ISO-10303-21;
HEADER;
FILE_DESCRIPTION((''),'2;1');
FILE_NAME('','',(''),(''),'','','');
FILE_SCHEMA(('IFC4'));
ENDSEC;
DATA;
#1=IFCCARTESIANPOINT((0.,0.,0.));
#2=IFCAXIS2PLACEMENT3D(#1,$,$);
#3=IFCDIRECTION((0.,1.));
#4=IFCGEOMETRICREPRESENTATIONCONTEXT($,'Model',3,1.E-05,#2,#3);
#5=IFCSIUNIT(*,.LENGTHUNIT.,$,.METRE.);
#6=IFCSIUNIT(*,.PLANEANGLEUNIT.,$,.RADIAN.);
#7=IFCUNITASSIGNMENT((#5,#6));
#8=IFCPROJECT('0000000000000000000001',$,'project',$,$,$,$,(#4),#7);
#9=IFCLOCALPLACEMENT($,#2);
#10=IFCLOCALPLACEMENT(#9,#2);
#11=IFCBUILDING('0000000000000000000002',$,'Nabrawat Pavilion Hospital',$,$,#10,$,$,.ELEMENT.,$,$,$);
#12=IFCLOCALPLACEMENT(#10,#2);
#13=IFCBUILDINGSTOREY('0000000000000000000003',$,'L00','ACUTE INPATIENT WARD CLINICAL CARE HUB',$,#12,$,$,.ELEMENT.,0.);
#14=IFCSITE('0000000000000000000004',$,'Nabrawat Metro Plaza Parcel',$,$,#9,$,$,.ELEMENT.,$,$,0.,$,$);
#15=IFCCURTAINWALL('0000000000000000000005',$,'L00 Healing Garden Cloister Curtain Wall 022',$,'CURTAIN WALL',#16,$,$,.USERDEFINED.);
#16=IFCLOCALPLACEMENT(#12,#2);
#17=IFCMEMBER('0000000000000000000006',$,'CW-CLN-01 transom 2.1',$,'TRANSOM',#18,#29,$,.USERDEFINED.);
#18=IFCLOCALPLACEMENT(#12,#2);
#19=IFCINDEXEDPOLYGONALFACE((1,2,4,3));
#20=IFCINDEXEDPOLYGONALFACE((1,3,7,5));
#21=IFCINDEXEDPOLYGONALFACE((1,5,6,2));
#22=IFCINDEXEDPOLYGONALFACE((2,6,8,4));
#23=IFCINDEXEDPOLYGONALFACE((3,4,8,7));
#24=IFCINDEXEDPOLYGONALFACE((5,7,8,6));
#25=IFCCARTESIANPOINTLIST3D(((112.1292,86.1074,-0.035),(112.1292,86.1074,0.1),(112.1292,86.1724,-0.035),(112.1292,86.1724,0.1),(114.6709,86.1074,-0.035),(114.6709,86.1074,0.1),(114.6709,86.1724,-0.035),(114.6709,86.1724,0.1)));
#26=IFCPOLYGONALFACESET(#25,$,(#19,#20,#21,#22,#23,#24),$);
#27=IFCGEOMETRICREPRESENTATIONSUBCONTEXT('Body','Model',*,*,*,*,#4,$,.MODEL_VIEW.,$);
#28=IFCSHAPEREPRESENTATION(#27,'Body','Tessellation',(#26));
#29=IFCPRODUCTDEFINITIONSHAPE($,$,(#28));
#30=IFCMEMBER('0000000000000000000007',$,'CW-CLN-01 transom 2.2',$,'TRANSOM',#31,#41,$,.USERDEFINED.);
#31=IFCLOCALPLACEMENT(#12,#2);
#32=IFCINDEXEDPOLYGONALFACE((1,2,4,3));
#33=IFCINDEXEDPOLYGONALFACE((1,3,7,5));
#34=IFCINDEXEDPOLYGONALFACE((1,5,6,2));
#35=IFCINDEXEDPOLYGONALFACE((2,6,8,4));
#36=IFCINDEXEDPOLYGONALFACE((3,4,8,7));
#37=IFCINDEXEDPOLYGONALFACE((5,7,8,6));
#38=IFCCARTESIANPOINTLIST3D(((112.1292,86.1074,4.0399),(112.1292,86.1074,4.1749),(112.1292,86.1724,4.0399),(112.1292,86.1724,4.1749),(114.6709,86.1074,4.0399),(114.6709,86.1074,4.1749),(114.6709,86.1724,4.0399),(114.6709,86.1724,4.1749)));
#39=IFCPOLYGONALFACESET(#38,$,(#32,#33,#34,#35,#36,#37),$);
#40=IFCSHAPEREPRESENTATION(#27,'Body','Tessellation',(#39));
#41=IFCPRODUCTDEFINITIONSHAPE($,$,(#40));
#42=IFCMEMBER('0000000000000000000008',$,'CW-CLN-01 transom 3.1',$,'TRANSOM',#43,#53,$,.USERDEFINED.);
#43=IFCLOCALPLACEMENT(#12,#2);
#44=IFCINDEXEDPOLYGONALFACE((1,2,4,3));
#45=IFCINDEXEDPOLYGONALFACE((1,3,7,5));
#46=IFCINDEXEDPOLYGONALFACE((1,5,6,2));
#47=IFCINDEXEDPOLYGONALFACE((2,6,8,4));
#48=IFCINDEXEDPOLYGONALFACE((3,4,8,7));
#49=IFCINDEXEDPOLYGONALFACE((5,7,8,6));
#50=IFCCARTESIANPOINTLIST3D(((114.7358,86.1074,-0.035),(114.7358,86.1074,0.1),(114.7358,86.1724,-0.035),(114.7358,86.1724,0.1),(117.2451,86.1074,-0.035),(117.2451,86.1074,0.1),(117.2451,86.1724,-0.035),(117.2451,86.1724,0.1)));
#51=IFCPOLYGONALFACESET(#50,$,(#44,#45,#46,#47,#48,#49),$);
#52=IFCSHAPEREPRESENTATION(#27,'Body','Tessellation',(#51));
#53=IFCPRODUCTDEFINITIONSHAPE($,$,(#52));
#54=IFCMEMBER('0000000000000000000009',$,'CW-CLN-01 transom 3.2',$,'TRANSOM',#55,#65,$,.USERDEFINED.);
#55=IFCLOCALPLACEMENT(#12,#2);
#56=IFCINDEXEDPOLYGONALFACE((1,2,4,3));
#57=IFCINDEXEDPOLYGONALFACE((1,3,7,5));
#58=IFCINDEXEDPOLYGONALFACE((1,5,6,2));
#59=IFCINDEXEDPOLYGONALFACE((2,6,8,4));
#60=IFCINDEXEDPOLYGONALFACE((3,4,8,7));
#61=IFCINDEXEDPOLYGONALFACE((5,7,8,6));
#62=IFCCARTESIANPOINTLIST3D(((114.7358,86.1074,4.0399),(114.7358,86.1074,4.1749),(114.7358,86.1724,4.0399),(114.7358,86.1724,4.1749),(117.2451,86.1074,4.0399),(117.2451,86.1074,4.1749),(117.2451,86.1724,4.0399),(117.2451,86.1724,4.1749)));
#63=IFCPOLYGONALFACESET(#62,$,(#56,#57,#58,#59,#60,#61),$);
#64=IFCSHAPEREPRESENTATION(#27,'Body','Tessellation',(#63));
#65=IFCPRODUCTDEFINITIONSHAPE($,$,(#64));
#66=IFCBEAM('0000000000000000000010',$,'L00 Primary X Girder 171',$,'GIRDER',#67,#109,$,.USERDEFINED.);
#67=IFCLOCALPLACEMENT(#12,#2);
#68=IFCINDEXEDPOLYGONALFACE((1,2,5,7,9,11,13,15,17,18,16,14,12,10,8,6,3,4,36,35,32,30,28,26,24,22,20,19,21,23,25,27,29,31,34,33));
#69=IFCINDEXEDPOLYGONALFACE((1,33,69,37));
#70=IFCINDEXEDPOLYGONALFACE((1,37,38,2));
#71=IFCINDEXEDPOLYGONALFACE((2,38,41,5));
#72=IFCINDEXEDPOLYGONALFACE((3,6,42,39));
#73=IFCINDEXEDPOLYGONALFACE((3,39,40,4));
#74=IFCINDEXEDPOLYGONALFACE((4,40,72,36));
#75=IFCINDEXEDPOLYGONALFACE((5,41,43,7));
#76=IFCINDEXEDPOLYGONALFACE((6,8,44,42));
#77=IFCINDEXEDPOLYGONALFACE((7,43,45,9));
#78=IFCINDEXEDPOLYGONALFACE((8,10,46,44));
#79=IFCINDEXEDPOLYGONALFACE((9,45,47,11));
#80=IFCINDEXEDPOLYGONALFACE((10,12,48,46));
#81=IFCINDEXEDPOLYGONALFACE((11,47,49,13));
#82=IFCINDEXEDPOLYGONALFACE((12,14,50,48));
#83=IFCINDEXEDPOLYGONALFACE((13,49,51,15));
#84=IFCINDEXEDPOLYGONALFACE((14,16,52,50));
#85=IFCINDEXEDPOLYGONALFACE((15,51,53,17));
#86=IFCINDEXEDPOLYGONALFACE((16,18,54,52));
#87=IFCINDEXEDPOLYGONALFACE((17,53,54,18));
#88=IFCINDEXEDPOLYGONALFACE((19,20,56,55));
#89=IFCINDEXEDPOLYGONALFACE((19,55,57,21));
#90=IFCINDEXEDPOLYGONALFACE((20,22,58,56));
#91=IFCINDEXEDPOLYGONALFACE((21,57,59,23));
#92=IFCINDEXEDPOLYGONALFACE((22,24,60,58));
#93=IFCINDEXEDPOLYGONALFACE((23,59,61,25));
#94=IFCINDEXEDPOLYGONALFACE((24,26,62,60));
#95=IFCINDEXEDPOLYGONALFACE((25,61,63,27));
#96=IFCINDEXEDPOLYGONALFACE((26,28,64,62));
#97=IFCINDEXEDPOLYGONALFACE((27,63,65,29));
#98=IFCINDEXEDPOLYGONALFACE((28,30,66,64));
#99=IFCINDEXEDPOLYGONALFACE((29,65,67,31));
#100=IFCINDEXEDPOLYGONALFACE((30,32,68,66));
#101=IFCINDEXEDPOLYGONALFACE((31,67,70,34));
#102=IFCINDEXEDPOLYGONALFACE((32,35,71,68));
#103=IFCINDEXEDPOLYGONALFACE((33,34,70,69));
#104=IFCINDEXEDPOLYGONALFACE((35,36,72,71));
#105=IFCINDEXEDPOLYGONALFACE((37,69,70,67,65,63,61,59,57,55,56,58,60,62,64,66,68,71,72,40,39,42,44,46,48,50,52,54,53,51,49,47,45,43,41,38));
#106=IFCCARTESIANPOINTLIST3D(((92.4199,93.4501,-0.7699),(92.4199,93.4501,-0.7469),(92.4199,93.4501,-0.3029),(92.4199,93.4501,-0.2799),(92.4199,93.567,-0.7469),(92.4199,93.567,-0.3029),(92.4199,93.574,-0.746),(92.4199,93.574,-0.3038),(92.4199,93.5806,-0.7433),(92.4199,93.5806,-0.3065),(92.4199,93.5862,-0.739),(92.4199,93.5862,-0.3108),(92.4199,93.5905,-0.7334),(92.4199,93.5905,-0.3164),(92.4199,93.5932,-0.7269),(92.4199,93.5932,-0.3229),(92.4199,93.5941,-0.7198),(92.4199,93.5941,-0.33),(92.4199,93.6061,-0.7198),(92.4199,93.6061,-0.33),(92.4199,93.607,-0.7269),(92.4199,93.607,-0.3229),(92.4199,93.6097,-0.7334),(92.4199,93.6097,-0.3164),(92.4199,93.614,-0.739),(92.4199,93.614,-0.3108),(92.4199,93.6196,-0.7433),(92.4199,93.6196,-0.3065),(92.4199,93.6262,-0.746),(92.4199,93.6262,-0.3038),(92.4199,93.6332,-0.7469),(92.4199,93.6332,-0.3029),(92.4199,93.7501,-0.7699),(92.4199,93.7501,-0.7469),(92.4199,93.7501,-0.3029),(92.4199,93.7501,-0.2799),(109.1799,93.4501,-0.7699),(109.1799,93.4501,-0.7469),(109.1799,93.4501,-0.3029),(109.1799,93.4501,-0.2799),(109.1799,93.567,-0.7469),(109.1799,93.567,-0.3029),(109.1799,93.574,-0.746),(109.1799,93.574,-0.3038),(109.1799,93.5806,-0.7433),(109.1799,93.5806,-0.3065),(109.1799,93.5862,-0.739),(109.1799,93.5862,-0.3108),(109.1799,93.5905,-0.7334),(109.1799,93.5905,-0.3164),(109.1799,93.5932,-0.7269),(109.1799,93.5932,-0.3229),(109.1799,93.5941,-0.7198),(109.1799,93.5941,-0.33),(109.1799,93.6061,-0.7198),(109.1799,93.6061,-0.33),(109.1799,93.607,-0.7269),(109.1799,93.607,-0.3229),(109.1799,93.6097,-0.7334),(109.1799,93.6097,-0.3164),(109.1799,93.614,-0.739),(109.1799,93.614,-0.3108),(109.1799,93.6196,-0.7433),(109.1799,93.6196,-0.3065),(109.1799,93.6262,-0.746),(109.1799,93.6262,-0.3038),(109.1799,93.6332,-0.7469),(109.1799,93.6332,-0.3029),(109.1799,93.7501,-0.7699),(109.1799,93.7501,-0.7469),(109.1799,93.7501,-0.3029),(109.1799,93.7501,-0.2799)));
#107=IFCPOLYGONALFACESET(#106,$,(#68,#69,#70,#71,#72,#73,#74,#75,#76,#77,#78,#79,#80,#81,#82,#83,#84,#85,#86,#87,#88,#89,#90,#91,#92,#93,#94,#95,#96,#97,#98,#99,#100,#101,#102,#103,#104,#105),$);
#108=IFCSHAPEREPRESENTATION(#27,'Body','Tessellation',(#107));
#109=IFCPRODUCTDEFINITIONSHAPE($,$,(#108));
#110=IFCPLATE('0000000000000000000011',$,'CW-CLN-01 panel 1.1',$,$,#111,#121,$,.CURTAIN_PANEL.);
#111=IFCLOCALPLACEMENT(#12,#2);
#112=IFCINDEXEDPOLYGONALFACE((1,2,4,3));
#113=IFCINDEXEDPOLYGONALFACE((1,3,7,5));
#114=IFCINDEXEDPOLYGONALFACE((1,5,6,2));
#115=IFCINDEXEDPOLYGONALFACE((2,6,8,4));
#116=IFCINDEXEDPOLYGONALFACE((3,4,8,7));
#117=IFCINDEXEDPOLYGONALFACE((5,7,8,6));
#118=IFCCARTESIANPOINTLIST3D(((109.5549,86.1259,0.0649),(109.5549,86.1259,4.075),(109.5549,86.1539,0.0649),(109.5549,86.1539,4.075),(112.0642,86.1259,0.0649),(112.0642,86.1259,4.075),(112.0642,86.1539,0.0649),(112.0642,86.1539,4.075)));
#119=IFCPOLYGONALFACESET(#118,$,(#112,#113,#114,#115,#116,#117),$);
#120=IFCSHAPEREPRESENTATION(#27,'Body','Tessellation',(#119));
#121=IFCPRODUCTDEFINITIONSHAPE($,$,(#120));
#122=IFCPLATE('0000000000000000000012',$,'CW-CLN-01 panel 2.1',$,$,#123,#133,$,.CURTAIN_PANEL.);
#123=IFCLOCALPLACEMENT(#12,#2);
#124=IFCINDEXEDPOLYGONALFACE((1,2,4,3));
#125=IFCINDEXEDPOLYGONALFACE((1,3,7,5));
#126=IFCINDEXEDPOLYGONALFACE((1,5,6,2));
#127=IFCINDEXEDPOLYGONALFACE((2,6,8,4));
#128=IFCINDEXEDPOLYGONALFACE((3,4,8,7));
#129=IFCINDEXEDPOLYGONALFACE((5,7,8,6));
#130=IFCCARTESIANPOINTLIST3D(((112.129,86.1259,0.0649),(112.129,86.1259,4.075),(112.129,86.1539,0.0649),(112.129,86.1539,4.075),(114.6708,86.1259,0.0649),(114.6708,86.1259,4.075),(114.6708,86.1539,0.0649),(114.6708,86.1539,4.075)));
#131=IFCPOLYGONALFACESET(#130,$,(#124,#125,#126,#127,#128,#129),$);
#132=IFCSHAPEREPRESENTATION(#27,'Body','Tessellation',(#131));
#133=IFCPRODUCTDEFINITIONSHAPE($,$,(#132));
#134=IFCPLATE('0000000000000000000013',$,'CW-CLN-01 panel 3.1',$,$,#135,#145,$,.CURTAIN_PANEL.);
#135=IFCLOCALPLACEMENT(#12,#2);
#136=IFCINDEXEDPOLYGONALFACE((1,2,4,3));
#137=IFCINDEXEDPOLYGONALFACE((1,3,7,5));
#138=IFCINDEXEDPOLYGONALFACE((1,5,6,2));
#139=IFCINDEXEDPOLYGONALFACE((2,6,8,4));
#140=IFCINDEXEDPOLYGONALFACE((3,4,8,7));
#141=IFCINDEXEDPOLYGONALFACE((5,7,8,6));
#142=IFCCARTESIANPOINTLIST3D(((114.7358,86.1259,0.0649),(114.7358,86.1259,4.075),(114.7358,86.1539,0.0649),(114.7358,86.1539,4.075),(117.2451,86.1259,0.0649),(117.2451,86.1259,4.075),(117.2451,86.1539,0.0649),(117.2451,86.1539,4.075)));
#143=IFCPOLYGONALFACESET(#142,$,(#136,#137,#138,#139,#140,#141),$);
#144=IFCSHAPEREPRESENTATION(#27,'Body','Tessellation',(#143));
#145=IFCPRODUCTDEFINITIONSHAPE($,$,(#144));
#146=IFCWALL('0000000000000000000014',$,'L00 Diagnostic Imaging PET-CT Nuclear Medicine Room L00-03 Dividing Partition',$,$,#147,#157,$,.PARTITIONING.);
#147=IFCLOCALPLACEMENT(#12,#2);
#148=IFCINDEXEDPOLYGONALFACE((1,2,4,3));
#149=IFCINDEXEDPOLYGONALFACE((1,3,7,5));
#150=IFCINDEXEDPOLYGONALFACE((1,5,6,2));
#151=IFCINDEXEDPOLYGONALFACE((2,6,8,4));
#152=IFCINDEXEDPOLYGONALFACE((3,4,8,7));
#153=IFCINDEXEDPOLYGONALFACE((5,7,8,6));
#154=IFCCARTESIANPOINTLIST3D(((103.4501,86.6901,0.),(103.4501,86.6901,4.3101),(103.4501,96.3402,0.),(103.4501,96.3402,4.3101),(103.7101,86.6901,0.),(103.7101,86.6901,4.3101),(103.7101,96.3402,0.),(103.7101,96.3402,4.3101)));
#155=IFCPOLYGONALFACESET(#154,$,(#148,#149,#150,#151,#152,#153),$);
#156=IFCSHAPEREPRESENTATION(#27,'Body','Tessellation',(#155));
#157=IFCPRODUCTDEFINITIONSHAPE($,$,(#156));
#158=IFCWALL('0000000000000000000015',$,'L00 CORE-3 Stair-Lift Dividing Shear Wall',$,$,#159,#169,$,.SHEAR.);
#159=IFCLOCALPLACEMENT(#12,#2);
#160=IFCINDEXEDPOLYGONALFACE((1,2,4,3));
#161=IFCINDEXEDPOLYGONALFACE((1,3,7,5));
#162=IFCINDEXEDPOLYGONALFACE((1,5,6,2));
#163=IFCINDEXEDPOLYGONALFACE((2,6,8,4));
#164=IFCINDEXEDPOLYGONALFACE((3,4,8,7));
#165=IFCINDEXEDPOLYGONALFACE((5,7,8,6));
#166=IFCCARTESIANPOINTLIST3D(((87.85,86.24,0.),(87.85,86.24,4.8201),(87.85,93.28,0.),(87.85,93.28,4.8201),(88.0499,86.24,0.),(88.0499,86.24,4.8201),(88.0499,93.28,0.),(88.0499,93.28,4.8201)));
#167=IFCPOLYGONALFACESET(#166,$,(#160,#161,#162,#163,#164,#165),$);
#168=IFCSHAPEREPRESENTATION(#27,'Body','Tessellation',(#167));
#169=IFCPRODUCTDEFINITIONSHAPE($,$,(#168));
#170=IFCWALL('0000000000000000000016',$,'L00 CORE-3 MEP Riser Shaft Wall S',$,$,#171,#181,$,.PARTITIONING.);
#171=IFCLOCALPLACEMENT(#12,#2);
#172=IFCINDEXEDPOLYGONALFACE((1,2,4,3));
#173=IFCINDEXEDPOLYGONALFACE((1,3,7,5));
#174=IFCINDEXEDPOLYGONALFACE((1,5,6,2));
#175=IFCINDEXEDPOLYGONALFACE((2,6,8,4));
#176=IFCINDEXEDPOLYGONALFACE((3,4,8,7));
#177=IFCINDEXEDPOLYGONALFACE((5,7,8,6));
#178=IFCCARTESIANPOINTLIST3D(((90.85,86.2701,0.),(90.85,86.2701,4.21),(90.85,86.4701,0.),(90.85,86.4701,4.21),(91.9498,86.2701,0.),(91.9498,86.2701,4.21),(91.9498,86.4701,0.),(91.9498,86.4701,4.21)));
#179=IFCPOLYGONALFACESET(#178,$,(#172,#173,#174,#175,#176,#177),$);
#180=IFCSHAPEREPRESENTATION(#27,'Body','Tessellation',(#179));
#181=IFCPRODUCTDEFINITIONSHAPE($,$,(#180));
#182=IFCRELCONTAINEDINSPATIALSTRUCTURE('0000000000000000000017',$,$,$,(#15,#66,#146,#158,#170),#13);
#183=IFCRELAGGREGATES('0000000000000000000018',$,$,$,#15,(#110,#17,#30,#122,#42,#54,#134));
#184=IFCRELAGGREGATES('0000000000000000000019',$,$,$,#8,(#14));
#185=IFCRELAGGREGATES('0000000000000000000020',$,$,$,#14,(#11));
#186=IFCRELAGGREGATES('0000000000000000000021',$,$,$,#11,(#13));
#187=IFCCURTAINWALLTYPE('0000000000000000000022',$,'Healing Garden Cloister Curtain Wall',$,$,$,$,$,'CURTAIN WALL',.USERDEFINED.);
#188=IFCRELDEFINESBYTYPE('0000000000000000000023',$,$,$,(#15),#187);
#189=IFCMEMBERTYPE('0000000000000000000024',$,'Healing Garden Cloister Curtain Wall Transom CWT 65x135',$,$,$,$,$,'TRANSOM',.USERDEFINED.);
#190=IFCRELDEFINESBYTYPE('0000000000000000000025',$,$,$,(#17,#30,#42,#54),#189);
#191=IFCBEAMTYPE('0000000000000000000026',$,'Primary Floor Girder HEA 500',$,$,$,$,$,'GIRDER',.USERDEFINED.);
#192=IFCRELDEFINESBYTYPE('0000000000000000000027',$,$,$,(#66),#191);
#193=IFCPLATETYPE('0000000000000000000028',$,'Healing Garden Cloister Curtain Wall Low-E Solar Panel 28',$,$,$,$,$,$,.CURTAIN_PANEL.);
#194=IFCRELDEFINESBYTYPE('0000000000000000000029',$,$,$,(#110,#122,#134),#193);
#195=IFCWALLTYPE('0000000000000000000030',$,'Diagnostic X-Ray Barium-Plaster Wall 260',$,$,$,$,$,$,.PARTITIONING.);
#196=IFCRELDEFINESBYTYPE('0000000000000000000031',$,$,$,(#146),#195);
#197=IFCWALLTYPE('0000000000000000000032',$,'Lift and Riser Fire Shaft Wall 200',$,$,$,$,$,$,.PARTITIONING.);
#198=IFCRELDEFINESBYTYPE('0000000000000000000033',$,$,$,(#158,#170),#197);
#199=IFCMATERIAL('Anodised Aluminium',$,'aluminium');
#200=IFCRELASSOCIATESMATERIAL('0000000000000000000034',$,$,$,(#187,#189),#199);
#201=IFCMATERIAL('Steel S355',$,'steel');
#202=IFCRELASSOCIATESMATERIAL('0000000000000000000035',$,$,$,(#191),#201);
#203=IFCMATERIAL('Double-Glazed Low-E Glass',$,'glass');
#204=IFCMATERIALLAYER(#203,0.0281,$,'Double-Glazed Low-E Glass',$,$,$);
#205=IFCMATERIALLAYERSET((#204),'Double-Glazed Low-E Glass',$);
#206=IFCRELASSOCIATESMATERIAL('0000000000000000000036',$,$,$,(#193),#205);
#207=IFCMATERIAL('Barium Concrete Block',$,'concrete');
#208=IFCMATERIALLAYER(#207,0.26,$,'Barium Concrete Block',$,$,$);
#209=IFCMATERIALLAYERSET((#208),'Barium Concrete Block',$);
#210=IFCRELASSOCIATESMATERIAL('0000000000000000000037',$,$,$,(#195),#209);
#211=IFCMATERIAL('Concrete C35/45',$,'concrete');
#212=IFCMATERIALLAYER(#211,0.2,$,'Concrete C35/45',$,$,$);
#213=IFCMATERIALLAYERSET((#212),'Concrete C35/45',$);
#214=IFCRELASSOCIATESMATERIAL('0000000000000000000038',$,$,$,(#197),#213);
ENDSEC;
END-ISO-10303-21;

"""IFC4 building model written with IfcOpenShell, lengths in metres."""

from ifc_helpers import new_model, si_unit, direction, frame, frame_2d, origin, origin_2d, place, context, subcontext, project, spatial, rectangle, i_section, extrude, material, layer, layer_set, material_profile, profile_set, type_object, element, aggregate, save


model = new_model("IFC4")

# Units and contexts
model_context = context("Model", 3, precision=1e-05, world=origin(), true_north=direction((0.0, 1.0)))
body_context = subcontext(model_context, "Body", "Model", "MODEL_VIEW")
ifc_project = project(units=[si_unit("LENGTHUNIT", "METRE"), si_unit("PLANEANGLEUNIT", "RADIAN")], contexts=[model_context])

# Site, building, storey
site_placement = place(None, origin())
site = spatial("IfcSite", under=ifc_project, at=site_placement, Name="Nabrawat Metro Plaza Parcel", CompositionType="ELEMENT", RefElevation=0.0)
building_placement = place(site_placement, origin())
building = spatial("IfcBuilding", under=site, at=building_placement, Name="Nabrawat Pavilion Hospital", CompositionType="ELEMENT")
storey_placement = place(building_placement, origin())
storey = spatial("IfcBuildingStorey", under=building, at=storey_placement, Name="L00", Description="ACUTE INPATIENT WARD CLINICAL CARE HUB", CompositionType="ELEMENT", Elevation=0.0)

# Shared definitions
ifc_material_1 = material(Name="Steel S355", Category="steel")

# Shared definitions
ifc_material_2 = material(Name="Anodised Aluminium", Category="aluminium")
curtain_wall_type = type_object("IfcCurtainWallType", Name="Healing Garden Cloister Curtain Wall", ElementType="CURTAIN WALL", PredefinedType="USERDEFINED", material=ifc_material_2)

# Curtain wall, members
curtain_wall_1_placement = place(storey_placement, origin())
curtain_wall_1 = element("IfcCurtainWall", 1, at=curtain_wall_1_placement, inside=storey, type_object=curtain_wall_type, Name="L00 Healing Garden Cloister Curtain Wall 022", ObjectType="CURTAIN WALL", PredefinedType="USERDEFINED")
ifc_material_profile_1 = material_profile(ifc_material_2, rectangle(XDim=0.0649, YDim=0.135, at=origin_2d()), Name="CWT 65x135")
ifc_profile_set_1 = profile_set([ifc_material_profile_1], Name="Anodised Aluminium")
member_type_1 = type_object("IfcMemberType", Name="Healing Garden Cloister Curtain Wall Transom CWT 65x135", ElementType="TRANSOM", PredefinedType="USERDEFINED", material=ifc_profile_set_1)
member_1_placement = place(storey_placement, frame((112.1292, 86.1399, 0.0325), z_axis=(1.0, 0.0, 0.0), x_axis=(0.0, 1.0, 0.0)))
member_1 = element("IfcMember", 2, at=member_1_placement, type_object=member_type_1, Name="CW-CLN-01 transom 2.1", ObjectType="TRANSOM", PredefinedType="USERDEFINED", context=body_context, shape_type="SweptSolid", body=[
    extrude(rectangle(XDim=0.0649, YDim=0.135, at=origin_2d()), origin(), (0.0, 0.0, 1.0), 2.5417),
])
member_2_placement = place(storey_placement, frame((112.1292, 86.1399, 4.1074), z_axis=(1.0, 0.0, 0.0), x_axis=(0.0, 1.0, 0.0)))
member_2 = element("IfcMember", 3, at=member_2_placement, type_object=member_type_1, Name="CW-CLN-01 transom 2.2", ObjectType="TRANSOM", PredefinedType="USERDEFINED", context=body_context, shape_type="SweptSolid", body=[
    extrude(rectangle(XDim=0.0649, YDim=0.135, at=origin_2d()), origin(), (0.0, 0.0, 1.0), 2.5417),
])
member_3_placement = place(storey_placement, frame((114.7358, 86.1399, 0.0325), z_axis=(1.0, 0.0, 0.0), x_axis=(0.0, 1.0, 0.0)))
member_3 = element("IfcMember", 4, at=member_3_placement, type_object=member_type_1, Name="CW-CLN-01 transom 3.1", ObjectType="TRANSOM", PredefinedType="USERDEFINED", context=body_context, shape_type="SweptSolid", body=[
    extrude(rectangle(XDim=0.0649, YDim=0.135, at=origin_2d()), origin(), (0.0, 0.0, 1.0), 2.5093),
])
member_4_placement = place(storey_placement, frame((114.7358, 86.1399, 4.1074), z_axis=(1.0, 0.0, 0.0), x_axis=(0.0, 1.0, 0.0)))
member_4 = element("IfcMember", 5, at=member_4_placement, type_object=member_type_1, Name="CW-CLN-01 transom 3.2", ObjectType="TRANSOM", PredefinedType="USERDEFINED", context=body_context, shape_type="SweptSolid", body=[
    extrude(rectangle(XDim=0.0649, YDim=0.135, at=origin_2d()), origin(), (0.0, 0.0, 1.0), 2.5093),
])

# Beam
ifc_material_profile_2 = material_profile(ifc_material_1, i_section(OverallWidth=0.3, OverallDepth=0.49, WebThickness=0.012, FlangeThickness=0.0229, FilletRadius=0.0271, at=origin_2d()), Name="HEA 500")
ifc_profile_set_2 = profile_set([ifc_material_profile_2], Name="Steel S355")
beam_type = type_object("IfcBeamType", Name="Primary Floor Girder HEA 500", ElementType="GIRDER", PredefinedType="USERDEFINED", material=ifc_profile_set_2)
beam_placement = place(storey_placement, frame((92.4199, 93.6001, -0.5249), z_axis=(1.0, 0.0, 0.0), x_axis=(0.0, 1.0, 0.0)))
element("IfcBeam", 6, at=beam_placement, inside=storey, type_object=beam_type, Name="L00 Primary X Girder 171", ObjectType="GIRDER", PredefinedType="USERDEFINED", context=body_context, shape_type="SweptSolid", body=[
    extrude(i_section(OverallWidth=0.3, OverallDepth=0.49, WebThickness=0.012, FlangeThickness=0.0229, FilletRadius=0.0271, at=origin_2d()), origin(), (0.0, 0.0, 1.0), 16.76),
])

# Plates
ifc_material_3 = material(Name="Double-Glazed Low-E Glass", Category="glass")
ifc_layer_1 = layer(ifc_material_3, 0.0281, Name="Double-Glazed Low-E Glass")
ifc_layer_set_1 = layer_set([ifc_layer_1], Name="Double-Glazed Low-E Glass")
plate_type = type_object("IfcPlateType", Name="Healing Garden Cloister Curtain Wall Low-E Solar Panel 28", PredefinedType="CURTAIN_PANEL", material=ifc_layer_set_1)
plate_1_placement = place(storey_placement, frame((110.8096, 86.1399, 0.0649), z_axis=(0.0, 0.0, 1.0), x_axis=(1.0, 0.0, 0.0)))
plate_1 = element("IfcPlate", 7, at=plate_1_placement, type_object=plate_type, Name="CW-CLN-01 panel 1.1", PredefinedType="CURTAIN_PANEL", context=body_context, shape_type="SweptSolid", body=[
    extrude(rectangle(XDim=2.5093, YDim=0.0281, at=origin_2d()), origin(), (0.0, 0.0, 1.0), 4.01),
])
plate_2_placement = place(storey_placement, frame((113.3999, 86.1399, 0.0649), z_axis=(0.0, 0.0, 1.0), x_axis=(1.0, 0.0, 0.0)))
plate_2 = element("IfcPlate", 8, at=plate_2_placement, type_object=plate_type, Name="CW-CLN-01 panel 2.1", PredefinedType="CURTAIN_PANEL", context=body_context, shape_type="SweptSolid", body=[
    extrude(rectangle(XDim=2.5417, YDim=0.0281, at=origin_2d()), origin(), (0.0, 0.0, 1.0), 4.01),
])
plate_3_placement = place(storey_placement, frame((115.9905, 86.1399, 0.0649), z_axis=(0.0, 0.0, 1.0), x_axis=(1.0, 0.0, 0.0)))
plate_3 = element("IfcPlate", 9, at=plate_3_placement, type_object=plate_type, Name="CW-CLN-01 panel 3.1", PredefinedType="CURTAIN_PANEL", context=body_context, shape_type="SweptSolid", body=[
    extrude(rectangle(XDim=2.5093, YDim=0.0281, at=origin_2d()), origin(), (0.0, 0.0, 1.0), 4.01),
])
aggregate(curtain_wall_1, [plate_1, member_1, member_2, plate_2, member_3, member_4, plate_3])

# Walls
ifc_material_4 = material(Name="Barium Concrete Block", Category="concrete")
ifc_layer_2 = layer(ifc_material_4, 0.26, Name="Barium Concrete Block")
ifc_layer_set_2 = layer_set([ifc_layer_2], Name="Barium Concrete Block")
wall_type_1 = type_object("IfcWallType", Name="Diagnostic X-Ray Barium-Plaster Wall 260", PredefinedType="PARTITIONING", material=ifc_layer_set_2)
wall_1_placement = place(storey_placement, frame((103.5801, 86.6899, 0.0), z_axis=(0.0, 0.0, 1.0), x_axis=(0.0, 1.0, 0.0)))
element("IfcWall", 10, at=wall_1_placement, inside=storey, type_object=wall_type_1, Name="L00 Diagnostic Imaging PET-CT Nuclear Medicine Room L00-03 Dividing Partition", PredefinedType="PARTITIONING", context=body_context, shape_type="SweptSolid", body=[
    extrude(rectangle(XDim=9.6501, YDim=0.26, at=frame_2d((4.8252, 0.0))), origin(), (0.0, 0.0, 1.0), 4.3101),
])
ifc_material_5 = material(Name="Concrete C35/45", Category="concrete")
ifc_layer_3 = layer(ifc_material_5, 0.2, Name="Concrete C35/45")
ifc_layer_set_3 = layer_set([ifc_layer_3], Name="Concrete C35/45")
wall_type_2 = type_object("IfcWallType", Name="Lift and Riser Fire Shaft Wall 200", PredefinedType="PARTITIONING", material=ifc_layer_set_3)
wall_2_placement = place(storey_placement, frame((87.95, 86.24, 0.0), z_axis=(0.0, 0.0, 1.0), x_axis=(0.0, 1.0, 0.0)))
element("IfcWall", 11, at=wall_2_placement, inside=storey, type_object=wall_type_2, Name="L00 CORE-3 Stair-Lift Dividing Shear Wall", PredefinedType="SHEAR", context=body_context, shape_type="SweptSolid", body=[
    extrude(rectangle(XDim=7.04, YDim=0.2, at=frame_2d((3.52, 0.0))), origin(), (0.0, 0.0, 1.0), 4.8201),
])
for number, where, z_axis, x_axis, name in (
    (12, (90.8501, 86.3701, 0.0), (0.0, 0.0, 1.0), (1.0, 0.0, 0.0), "L00 CORE-3 MEP Riser Shaft Wall S"),
):
    element("IfcWall", number, at=place(storey_placement, frame(where, z_axis=z_axis, x_axis=x_axis)), inside=storey, type_object=wall_type_2, Name=name, PredefinedType="PARTITIONING", context=body_context, shape_type="SweptSolid", body=[
        extrude(rectangle(XDim=1.0999, YDim=0.2, at=frame_2d((0.5498, 0.0))), origin(), (0.0, 0.0, 1.0), 4.21),
    ])

save(model, "model.ifc")
